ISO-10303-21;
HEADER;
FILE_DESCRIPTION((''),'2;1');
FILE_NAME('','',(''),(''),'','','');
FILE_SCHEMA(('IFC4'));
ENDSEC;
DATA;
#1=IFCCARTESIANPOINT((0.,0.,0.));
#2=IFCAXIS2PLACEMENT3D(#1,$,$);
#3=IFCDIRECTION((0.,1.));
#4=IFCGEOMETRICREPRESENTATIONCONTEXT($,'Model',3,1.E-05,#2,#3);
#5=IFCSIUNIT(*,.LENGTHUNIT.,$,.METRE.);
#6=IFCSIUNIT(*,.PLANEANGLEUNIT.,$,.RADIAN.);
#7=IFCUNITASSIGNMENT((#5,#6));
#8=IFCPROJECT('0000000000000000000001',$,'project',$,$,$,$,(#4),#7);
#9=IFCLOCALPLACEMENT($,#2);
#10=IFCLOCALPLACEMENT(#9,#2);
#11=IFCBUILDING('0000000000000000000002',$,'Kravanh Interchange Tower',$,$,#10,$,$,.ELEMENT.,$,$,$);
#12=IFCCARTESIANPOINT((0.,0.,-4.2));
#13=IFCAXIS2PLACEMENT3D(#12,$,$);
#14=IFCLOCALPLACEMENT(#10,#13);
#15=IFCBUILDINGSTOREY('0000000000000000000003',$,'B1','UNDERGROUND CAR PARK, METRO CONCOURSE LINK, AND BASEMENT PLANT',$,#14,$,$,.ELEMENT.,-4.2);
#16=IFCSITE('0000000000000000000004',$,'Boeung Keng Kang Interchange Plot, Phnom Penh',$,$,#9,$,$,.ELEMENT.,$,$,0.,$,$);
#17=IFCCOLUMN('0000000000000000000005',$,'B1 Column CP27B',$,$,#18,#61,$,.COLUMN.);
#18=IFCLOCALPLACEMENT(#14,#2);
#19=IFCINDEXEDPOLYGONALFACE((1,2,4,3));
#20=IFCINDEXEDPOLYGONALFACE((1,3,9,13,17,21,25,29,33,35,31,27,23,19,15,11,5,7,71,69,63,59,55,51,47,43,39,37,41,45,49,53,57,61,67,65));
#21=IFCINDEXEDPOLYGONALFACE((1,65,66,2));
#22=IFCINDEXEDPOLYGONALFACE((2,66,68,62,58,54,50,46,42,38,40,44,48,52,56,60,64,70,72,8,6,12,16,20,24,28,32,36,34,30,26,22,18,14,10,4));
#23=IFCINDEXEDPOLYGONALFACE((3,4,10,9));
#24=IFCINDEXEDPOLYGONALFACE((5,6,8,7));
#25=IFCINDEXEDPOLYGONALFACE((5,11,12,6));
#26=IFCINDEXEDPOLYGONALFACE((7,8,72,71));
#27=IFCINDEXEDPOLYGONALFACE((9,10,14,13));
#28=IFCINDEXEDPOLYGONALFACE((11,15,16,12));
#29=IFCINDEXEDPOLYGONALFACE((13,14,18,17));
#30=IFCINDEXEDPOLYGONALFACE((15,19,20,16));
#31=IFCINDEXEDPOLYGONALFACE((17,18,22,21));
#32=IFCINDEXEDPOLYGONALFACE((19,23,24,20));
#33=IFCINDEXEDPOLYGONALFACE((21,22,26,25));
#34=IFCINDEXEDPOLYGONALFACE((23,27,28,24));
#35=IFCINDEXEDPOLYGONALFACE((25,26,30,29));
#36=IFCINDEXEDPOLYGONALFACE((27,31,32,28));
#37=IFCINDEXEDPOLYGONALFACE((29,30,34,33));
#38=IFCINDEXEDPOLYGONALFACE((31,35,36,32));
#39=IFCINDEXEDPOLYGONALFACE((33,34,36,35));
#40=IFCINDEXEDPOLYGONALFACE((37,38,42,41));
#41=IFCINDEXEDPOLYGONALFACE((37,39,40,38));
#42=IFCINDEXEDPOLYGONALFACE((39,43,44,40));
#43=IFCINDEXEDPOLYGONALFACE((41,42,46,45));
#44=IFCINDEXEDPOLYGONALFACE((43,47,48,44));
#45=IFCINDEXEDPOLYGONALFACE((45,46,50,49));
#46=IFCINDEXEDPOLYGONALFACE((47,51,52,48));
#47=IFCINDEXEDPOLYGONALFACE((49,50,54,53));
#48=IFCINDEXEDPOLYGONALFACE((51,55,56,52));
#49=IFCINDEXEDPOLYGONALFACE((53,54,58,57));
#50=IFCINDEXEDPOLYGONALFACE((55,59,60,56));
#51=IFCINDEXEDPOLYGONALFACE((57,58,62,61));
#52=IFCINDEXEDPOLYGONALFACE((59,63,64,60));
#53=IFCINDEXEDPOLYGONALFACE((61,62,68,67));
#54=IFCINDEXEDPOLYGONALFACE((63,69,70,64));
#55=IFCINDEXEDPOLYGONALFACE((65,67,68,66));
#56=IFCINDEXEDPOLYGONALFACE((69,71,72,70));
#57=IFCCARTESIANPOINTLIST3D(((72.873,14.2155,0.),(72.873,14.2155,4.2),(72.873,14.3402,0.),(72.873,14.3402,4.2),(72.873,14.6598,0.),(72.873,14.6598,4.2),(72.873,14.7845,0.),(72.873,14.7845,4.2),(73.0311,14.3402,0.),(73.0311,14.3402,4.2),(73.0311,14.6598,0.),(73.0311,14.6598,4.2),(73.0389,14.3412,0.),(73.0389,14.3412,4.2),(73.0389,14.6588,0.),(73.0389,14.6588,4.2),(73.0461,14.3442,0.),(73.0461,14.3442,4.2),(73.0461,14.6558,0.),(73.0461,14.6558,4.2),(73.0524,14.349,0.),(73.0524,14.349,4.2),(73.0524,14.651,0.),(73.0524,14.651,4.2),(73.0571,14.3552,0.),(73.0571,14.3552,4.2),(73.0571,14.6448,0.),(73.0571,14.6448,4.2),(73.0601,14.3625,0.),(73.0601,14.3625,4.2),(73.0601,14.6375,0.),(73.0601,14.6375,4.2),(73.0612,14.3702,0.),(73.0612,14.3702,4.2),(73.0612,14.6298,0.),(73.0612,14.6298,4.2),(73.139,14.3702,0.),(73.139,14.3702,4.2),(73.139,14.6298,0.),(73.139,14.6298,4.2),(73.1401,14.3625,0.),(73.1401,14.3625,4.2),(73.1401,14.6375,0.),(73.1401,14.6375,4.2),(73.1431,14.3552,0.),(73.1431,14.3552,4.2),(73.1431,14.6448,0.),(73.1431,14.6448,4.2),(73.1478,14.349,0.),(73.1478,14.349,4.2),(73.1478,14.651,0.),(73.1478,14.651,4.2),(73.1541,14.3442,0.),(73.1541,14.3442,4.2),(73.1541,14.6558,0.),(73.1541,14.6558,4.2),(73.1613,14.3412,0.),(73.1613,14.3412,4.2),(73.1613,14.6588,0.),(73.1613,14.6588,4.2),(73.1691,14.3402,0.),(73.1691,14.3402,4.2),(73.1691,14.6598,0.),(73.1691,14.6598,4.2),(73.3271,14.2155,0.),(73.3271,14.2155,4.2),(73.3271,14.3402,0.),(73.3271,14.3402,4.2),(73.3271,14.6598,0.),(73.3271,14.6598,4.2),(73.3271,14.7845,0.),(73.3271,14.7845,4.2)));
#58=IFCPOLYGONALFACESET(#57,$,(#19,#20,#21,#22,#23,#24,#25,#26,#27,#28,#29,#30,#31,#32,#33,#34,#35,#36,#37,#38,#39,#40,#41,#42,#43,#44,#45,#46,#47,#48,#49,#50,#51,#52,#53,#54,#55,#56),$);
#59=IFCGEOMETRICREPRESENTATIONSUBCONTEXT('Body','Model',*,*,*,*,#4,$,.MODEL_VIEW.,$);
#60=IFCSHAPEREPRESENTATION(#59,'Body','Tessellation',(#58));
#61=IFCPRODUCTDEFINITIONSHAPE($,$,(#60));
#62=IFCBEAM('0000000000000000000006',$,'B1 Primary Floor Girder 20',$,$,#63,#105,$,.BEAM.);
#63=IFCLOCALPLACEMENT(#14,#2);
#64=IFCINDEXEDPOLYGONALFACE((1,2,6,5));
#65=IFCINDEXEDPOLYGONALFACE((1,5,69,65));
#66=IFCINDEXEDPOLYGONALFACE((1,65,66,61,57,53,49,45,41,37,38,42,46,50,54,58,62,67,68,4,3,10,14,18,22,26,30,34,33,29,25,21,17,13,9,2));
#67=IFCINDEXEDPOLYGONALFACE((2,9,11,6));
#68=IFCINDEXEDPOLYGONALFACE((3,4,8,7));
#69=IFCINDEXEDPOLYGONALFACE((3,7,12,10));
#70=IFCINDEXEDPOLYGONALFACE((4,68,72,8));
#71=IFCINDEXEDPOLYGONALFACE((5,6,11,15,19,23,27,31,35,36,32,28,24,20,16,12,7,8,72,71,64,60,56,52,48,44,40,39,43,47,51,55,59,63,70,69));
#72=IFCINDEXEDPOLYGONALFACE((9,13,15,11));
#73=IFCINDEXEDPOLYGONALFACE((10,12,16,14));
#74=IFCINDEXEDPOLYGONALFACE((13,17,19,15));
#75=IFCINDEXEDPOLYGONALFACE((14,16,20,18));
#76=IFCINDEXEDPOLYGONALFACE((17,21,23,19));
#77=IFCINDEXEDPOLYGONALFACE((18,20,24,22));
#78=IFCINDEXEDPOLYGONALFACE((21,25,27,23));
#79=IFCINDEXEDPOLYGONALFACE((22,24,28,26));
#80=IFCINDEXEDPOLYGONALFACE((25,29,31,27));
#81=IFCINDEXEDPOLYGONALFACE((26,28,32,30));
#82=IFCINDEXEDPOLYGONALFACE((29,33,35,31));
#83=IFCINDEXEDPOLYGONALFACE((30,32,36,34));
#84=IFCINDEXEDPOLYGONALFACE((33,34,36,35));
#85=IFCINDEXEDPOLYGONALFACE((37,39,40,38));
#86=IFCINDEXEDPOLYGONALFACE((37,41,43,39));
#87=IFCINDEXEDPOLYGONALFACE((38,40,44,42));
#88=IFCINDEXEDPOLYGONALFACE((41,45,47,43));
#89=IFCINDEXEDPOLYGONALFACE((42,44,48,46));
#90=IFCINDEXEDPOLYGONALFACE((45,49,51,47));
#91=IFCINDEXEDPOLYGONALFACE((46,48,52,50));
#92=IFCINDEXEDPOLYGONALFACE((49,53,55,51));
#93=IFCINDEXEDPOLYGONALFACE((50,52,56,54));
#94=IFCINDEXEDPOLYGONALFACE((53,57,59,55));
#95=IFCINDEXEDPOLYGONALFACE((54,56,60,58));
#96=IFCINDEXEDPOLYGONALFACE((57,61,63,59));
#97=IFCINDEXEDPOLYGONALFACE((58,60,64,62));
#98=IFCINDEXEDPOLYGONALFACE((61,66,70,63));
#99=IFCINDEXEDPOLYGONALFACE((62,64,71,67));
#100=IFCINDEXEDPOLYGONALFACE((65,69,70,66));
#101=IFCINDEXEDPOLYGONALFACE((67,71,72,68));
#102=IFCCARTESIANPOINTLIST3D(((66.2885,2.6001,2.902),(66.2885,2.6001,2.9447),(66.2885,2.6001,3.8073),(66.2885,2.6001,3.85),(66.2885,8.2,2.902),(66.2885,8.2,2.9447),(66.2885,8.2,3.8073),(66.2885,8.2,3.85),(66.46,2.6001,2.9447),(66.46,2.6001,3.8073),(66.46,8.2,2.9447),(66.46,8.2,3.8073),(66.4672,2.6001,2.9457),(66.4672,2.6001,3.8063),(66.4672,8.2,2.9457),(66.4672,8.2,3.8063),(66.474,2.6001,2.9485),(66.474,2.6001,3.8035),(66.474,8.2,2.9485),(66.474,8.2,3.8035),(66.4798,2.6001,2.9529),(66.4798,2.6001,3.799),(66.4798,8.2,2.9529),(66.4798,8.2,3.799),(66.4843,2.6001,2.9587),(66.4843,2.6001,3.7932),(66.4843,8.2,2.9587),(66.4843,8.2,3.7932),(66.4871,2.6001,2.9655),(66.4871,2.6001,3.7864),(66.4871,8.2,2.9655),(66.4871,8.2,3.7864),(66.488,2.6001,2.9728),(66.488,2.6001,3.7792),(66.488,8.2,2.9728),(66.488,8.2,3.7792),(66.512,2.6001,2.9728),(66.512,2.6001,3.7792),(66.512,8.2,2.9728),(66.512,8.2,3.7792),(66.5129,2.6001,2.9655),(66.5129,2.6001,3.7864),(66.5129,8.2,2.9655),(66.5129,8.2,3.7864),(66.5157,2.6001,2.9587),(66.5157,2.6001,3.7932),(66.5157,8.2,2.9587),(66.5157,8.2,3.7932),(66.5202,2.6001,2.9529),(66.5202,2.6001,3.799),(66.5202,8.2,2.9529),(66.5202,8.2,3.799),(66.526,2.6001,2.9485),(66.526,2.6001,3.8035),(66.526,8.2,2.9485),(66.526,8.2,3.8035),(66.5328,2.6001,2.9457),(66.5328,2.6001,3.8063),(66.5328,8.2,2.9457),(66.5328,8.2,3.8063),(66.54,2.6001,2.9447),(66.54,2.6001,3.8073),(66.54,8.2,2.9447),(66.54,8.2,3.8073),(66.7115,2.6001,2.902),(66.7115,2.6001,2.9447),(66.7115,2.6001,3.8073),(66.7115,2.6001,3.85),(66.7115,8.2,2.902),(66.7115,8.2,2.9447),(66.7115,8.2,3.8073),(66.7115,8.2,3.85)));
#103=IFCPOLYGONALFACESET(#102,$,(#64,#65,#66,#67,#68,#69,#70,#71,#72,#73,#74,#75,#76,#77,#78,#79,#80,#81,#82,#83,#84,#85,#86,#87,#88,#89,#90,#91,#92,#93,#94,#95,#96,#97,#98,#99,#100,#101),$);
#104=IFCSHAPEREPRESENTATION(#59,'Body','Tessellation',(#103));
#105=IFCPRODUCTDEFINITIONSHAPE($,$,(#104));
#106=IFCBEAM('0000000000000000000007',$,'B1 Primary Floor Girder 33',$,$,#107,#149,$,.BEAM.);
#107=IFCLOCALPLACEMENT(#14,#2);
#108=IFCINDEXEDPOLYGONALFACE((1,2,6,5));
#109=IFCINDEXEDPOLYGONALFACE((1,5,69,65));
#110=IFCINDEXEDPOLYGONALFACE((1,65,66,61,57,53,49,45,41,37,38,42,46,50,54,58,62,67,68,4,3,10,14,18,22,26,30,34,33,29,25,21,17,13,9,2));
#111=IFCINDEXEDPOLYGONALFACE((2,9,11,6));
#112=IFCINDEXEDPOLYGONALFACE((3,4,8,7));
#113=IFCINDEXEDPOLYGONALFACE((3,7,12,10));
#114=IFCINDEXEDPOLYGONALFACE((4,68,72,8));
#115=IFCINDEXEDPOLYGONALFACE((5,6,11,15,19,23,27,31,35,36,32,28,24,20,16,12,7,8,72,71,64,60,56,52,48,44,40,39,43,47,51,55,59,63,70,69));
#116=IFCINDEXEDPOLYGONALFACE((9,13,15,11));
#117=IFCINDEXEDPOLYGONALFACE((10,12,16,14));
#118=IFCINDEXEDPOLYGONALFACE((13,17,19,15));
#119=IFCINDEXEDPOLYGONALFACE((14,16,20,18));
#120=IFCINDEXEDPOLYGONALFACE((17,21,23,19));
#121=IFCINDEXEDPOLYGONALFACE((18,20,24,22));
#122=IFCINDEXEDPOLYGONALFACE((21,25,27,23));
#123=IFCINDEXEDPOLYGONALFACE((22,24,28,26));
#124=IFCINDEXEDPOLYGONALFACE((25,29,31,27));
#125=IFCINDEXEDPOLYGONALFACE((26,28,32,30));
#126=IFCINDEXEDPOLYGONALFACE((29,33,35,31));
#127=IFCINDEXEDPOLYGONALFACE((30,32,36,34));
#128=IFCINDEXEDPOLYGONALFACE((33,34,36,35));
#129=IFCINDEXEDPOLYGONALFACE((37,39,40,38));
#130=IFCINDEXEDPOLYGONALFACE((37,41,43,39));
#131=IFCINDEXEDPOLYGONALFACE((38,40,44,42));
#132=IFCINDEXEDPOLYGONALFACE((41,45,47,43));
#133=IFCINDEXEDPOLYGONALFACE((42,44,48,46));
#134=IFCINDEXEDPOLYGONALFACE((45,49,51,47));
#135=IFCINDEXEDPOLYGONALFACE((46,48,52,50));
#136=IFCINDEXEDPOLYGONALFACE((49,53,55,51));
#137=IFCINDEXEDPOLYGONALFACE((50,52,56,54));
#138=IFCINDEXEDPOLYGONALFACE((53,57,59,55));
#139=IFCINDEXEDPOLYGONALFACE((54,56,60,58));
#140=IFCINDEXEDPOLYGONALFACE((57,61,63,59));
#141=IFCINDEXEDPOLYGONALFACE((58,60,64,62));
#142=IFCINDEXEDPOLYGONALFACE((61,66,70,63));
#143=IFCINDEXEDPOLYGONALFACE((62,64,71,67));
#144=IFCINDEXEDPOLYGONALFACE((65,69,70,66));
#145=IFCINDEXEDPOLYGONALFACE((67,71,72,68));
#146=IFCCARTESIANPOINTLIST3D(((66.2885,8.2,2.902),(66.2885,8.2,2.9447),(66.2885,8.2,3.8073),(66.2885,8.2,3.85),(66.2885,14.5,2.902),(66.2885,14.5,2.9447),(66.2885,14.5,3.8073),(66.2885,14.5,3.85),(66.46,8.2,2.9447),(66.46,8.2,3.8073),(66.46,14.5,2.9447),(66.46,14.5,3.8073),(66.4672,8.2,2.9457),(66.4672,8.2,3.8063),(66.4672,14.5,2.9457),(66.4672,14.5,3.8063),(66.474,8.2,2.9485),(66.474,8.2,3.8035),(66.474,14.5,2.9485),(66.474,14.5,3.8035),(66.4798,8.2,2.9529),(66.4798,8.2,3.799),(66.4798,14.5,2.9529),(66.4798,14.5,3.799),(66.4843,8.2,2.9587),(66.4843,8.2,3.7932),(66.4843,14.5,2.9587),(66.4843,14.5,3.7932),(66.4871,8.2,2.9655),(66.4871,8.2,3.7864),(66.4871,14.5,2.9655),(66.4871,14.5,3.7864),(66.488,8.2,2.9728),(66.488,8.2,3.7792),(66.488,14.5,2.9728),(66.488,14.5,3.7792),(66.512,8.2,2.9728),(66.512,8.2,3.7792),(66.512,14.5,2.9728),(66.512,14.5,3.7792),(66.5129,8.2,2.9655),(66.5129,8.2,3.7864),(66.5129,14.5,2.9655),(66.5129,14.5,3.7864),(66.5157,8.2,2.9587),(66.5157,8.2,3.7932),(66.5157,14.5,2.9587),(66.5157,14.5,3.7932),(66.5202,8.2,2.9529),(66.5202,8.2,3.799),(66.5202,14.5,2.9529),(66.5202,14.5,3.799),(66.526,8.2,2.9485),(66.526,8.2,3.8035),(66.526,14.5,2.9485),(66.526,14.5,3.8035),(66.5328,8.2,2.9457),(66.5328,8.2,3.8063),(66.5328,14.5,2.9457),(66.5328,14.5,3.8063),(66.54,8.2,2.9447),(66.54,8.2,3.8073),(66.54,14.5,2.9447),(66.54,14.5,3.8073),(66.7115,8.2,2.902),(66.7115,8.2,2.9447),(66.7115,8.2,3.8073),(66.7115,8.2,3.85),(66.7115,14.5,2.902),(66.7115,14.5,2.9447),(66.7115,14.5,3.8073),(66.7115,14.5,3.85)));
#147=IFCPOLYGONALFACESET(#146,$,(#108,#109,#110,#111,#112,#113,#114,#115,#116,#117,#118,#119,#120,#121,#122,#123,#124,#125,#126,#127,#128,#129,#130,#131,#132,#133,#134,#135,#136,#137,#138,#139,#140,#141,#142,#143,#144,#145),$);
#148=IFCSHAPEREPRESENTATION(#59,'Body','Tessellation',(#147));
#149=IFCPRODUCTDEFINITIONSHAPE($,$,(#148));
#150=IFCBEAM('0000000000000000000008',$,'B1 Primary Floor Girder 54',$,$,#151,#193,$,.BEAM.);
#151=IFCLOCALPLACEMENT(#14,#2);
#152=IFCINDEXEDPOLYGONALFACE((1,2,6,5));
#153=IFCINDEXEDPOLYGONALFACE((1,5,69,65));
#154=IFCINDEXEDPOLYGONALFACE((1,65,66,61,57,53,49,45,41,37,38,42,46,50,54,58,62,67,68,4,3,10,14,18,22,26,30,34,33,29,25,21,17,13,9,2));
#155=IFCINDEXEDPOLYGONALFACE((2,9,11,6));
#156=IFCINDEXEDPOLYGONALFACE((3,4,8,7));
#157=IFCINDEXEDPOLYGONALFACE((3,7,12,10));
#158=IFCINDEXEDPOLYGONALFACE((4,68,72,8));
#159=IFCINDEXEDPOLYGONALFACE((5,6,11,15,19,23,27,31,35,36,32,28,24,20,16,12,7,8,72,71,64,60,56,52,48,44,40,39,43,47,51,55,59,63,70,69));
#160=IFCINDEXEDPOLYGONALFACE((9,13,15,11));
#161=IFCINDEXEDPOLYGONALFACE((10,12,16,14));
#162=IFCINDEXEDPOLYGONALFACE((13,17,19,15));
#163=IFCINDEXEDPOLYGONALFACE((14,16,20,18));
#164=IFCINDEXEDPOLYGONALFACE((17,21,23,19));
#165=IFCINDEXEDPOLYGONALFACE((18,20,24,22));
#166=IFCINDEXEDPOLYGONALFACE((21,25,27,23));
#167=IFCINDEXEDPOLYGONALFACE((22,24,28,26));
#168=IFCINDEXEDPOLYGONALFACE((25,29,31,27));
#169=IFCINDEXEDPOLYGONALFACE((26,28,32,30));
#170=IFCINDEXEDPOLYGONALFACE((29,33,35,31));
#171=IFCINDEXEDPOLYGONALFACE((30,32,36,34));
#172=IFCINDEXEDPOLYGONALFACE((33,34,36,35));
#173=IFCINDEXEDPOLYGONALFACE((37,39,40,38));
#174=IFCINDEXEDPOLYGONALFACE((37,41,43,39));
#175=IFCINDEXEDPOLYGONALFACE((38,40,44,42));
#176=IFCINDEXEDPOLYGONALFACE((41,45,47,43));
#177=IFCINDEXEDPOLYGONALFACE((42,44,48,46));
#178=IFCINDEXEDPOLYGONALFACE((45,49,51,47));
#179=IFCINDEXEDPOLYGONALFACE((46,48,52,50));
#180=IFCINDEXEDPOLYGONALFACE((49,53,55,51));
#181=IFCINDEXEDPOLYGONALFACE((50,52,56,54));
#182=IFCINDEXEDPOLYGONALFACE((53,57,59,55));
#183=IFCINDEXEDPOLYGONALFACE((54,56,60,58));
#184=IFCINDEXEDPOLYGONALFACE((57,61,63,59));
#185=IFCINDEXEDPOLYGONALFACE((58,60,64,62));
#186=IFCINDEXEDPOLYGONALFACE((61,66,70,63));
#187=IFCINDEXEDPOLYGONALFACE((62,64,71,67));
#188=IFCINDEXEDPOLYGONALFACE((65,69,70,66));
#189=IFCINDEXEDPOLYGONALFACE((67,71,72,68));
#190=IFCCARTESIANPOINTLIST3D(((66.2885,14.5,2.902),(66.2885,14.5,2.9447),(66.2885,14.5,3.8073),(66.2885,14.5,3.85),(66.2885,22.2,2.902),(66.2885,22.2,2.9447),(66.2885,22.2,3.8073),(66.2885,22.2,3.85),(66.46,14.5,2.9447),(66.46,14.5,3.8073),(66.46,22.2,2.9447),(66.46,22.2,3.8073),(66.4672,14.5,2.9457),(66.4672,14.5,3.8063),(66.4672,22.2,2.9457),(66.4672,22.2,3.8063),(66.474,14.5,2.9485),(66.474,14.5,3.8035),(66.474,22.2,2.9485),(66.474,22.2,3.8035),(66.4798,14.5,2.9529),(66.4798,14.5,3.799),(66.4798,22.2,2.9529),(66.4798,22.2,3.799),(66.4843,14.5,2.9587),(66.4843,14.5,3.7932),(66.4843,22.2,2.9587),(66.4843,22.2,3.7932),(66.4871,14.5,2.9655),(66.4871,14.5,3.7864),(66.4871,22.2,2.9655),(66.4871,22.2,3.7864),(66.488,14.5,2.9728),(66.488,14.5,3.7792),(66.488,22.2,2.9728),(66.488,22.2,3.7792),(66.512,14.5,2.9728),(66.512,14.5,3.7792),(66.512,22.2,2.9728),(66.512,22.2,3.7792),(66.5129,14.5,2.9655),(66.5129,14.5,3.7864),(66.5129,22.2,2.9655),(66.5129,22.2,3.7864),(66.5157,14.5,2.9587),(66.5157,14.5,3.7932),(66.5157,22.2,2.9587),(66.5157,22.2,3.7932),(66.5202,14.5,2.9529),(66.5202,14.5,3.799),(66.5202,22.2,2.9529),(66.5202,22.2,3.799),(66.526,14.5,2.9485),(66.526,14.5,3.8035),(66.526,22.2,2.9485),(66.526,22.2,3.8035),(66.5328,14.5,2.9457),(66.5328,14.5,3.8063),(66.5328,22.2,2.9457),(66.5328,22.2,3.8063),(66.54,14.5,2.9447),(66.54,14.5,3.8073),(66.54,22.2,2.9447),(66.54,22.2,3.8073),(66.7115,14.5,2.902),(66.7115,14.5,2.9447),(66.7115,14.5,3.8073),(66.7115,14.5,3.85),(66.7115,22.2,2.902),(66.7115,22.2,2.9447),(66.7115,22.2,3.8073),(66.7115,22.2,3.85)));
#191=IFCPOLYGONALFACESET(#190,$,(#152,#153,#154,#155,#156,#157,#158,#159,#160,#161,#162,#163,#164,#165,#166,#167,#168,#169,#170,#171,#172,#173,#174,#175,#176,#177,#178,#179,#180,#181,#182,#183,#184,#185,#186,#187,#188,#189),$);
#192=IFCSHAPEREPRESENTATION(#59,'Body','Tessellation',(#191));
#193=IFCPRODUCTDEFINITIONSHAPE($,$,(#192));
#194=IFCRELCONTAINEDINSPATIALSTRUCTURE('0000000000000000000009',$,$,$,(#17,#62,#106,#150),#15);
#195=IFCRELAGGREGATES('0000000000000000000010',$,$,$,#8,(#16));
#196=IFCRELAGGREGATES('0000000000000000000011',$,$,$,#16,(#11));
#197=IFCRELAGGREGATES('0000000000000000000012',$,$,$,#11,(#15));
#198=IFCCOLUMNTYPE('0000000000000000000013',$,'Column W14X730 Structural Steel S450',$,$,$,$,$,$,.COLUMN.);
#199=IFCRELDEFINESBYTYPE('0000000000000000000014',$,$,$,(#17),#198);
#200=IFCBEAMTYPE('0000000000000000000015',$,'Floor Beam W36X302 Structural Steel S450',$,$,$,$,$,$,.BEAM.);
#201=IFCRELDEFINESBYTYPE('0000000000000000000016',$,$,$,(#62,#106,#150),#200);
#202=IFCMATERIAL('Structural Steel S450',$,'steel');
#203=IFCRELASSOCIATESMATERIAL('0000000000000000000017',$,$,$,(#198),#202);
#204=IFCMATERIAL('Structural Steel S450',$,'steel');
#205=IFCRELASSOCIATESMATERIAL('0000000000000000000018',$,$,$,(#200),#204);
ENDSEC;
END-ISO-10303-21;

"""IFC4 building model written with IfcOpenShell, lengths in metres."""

from ifc_helpers import new_model, si_unit, direction, frame, origin, origin_2d, place, context, subcontext, project, spatial, i_section, extrude, material, material_profile, profile_set, type_object, element, save


model = new_model("IFC4")

# Units and contexts
model_context = context("Model", 3, precision=1e-05, world=origin(), true_north=direction((0.0, 1.0)))
body_context = subcontext(model_context, "Body", "Model", "MODEL_VIEW")
ifc_project = project(units=[si_unit("LENGTHUNIT", "METRE"), si_unit("PLANEANGLEUNIT", "RADIAN")], contexts=[model_context])

# Site, building, storey
site_placement = place(None, origin())
site = spatial("IfcSite", under=ifc_project, at=site_placement, Name="Boeung Keng Kang Interchange Plot, Phnom Penh", CompositionType="ELEMENT", RefElevation=0.0)
building_placement = place(site_placement, origin())
building = spatial("IfcBuilding", under=site, at=building_placement, Name="Kravanh Interchange Tower", CompositionType="ELEMENT")
storey_placement = place(building_placement, frame((0.0, 0.0, -4.2)))
storey = spatial("IfcBuildingStorey", under=building, at=storey_placement, Name="B1", Description="UNDERGROUND CAR PARK, METRO CONCOURSE LINK, AND BASEMENT PLANT", CompositionType="ELEMENT", Elevation=-4.2)

# Column
ifc_material_1 = material(Name="Structural Steel S450", Category="steel")
ifc_material_profile_1 = material_profile(ifc_material_1, i_section(OverallWidth=0.4541, OverallDepth=0.5691, WebThickness=0.0779, FlangeThickness=0.1248, FilletRadius=0.03, at=origin_2d()), Name="W14X730")
ifc_profile_set_1 = profile_set([ifc_material_profile_1], Name="Structural Steel S450")
column_type = type_object("IfcColumnType", Name="Column W14X730 Structural Steel S450", PredefinedType="COLUMN", material=ifc_profile_set_1)
for number, where, z_axis, x_axis, name in (
    (1, (73.1001, 14.5, 0.0), (0.0, 0.0, 1.0), (1.0, 0.0, 0.0), "B1 Column CP27B"),
):
    element("IfcColumn", number, at=place(storey_placement, frame(where, z_axis=z_axis, x_axis=x_axis)), inside=storey, type_object=column_type, Name=name, PredefinedType="COLUMN", context=body_context, shape_type="SweptSolid", body=[
        extrude(i_section(OverallWidth=0.4541, OverallDepth=0.5691, WebThickness=0.0779, FlangeThickness=0.1248, FilletRadius=0.03, at=origin_2d()), origin(), (0.0, 0.0, 1.0), 4.2),
    ])

# Beams
ifc_material_2 = material(Name="Structural Steel S450", Category="steel")
ifc_material_profile_2 = material_profile(ifc_material_2, i_section(OverallWidth=0.4231, OverallDepth=0.948, WebThickness=0.0239, FlangeThickness=0.0427, FilletRadius=0.0281, at=origin_2d()), Name="W36X302")
ifc_profile_set_2 = profile_set([ifc_material_profile_2], Name="Structural Steel S450")
beam_type_1 = type_object("IfcBeamType", Name="Floor Beam W36X302 Structural Steel S450", PredefinedType="BEAM", material=ifc_profile_set_2)
beam_1_placement = place(storey_placement, frame((66.5, 2.6001, 3.376), z_axis=(0.0, 1.0, 0.0), x_axis=(-1.0, 0.0, 0.0)))
element("IfcBeam", 2, at=beam_1_placement, inside=storey, type_object=beam_type_1, Name="B1 Primary Floor Girder 20", PredefinedType="BEAM", context=body_context, shape_type="SweptSolid", body=[
    extrude(i_section(OverallWidth=0.4231, OverallDepth=0.948, WebThickness=0.0239, FlangeThickness=0.0427, FilletRadius=0.0281, at=origin_2d()), origin(), (0.0, 0.0, 1.0), 5.5999),
])
beam_2_placement = place(storey_placement, frame((66.5, 8.2, 3.376), z_axis=(0.0, 1.0, 0.0), x_axis=(-1.0, 0.0, 0.0)))
element("IfcBeam", 3, at=beam_2_placement, inside=storey, type_object=beam_type_1, Name="B1 Primary Floor Girder 33", PredefinedType="BEAM", context=body_context, shape_type="SweptSolid", body=[
    extrude(i_section(OverallWidth=0.4231, OverallDepth=0.948, WebThickness=0.0239, FlangeThickness=0.0427, FilletRadius=0.0281, at=origin_2d()), origin(), (0.0, 0.0, 1.0), 6.3),
])
beam_3_placement = place(storey_placement, frame((66.5, 14.5, 3.376), z_axis=(0.0, 1.0, 0.0), x_axis=(-1.0, 0.0, 0.0)))
element("IfcBeam", 4, at=beam_3_placement, inside=storey, type_object=beam_type_1, Name="B1 Primary Floor Girder 54", PredefinedType="BEAM", context=body_context, shape_type="SweptSolid", body=[
    extrude(i_section(OverallWidth=0.4231, OverallDepth=0.948, WebThickness=0.0239, FlangeThickness=0.0427, FilletRadius=0.0281, at=origin_2d()), origin(), (0.0, 0.0, 1.0), 7.7),
])

save(model, "model.ifc")
